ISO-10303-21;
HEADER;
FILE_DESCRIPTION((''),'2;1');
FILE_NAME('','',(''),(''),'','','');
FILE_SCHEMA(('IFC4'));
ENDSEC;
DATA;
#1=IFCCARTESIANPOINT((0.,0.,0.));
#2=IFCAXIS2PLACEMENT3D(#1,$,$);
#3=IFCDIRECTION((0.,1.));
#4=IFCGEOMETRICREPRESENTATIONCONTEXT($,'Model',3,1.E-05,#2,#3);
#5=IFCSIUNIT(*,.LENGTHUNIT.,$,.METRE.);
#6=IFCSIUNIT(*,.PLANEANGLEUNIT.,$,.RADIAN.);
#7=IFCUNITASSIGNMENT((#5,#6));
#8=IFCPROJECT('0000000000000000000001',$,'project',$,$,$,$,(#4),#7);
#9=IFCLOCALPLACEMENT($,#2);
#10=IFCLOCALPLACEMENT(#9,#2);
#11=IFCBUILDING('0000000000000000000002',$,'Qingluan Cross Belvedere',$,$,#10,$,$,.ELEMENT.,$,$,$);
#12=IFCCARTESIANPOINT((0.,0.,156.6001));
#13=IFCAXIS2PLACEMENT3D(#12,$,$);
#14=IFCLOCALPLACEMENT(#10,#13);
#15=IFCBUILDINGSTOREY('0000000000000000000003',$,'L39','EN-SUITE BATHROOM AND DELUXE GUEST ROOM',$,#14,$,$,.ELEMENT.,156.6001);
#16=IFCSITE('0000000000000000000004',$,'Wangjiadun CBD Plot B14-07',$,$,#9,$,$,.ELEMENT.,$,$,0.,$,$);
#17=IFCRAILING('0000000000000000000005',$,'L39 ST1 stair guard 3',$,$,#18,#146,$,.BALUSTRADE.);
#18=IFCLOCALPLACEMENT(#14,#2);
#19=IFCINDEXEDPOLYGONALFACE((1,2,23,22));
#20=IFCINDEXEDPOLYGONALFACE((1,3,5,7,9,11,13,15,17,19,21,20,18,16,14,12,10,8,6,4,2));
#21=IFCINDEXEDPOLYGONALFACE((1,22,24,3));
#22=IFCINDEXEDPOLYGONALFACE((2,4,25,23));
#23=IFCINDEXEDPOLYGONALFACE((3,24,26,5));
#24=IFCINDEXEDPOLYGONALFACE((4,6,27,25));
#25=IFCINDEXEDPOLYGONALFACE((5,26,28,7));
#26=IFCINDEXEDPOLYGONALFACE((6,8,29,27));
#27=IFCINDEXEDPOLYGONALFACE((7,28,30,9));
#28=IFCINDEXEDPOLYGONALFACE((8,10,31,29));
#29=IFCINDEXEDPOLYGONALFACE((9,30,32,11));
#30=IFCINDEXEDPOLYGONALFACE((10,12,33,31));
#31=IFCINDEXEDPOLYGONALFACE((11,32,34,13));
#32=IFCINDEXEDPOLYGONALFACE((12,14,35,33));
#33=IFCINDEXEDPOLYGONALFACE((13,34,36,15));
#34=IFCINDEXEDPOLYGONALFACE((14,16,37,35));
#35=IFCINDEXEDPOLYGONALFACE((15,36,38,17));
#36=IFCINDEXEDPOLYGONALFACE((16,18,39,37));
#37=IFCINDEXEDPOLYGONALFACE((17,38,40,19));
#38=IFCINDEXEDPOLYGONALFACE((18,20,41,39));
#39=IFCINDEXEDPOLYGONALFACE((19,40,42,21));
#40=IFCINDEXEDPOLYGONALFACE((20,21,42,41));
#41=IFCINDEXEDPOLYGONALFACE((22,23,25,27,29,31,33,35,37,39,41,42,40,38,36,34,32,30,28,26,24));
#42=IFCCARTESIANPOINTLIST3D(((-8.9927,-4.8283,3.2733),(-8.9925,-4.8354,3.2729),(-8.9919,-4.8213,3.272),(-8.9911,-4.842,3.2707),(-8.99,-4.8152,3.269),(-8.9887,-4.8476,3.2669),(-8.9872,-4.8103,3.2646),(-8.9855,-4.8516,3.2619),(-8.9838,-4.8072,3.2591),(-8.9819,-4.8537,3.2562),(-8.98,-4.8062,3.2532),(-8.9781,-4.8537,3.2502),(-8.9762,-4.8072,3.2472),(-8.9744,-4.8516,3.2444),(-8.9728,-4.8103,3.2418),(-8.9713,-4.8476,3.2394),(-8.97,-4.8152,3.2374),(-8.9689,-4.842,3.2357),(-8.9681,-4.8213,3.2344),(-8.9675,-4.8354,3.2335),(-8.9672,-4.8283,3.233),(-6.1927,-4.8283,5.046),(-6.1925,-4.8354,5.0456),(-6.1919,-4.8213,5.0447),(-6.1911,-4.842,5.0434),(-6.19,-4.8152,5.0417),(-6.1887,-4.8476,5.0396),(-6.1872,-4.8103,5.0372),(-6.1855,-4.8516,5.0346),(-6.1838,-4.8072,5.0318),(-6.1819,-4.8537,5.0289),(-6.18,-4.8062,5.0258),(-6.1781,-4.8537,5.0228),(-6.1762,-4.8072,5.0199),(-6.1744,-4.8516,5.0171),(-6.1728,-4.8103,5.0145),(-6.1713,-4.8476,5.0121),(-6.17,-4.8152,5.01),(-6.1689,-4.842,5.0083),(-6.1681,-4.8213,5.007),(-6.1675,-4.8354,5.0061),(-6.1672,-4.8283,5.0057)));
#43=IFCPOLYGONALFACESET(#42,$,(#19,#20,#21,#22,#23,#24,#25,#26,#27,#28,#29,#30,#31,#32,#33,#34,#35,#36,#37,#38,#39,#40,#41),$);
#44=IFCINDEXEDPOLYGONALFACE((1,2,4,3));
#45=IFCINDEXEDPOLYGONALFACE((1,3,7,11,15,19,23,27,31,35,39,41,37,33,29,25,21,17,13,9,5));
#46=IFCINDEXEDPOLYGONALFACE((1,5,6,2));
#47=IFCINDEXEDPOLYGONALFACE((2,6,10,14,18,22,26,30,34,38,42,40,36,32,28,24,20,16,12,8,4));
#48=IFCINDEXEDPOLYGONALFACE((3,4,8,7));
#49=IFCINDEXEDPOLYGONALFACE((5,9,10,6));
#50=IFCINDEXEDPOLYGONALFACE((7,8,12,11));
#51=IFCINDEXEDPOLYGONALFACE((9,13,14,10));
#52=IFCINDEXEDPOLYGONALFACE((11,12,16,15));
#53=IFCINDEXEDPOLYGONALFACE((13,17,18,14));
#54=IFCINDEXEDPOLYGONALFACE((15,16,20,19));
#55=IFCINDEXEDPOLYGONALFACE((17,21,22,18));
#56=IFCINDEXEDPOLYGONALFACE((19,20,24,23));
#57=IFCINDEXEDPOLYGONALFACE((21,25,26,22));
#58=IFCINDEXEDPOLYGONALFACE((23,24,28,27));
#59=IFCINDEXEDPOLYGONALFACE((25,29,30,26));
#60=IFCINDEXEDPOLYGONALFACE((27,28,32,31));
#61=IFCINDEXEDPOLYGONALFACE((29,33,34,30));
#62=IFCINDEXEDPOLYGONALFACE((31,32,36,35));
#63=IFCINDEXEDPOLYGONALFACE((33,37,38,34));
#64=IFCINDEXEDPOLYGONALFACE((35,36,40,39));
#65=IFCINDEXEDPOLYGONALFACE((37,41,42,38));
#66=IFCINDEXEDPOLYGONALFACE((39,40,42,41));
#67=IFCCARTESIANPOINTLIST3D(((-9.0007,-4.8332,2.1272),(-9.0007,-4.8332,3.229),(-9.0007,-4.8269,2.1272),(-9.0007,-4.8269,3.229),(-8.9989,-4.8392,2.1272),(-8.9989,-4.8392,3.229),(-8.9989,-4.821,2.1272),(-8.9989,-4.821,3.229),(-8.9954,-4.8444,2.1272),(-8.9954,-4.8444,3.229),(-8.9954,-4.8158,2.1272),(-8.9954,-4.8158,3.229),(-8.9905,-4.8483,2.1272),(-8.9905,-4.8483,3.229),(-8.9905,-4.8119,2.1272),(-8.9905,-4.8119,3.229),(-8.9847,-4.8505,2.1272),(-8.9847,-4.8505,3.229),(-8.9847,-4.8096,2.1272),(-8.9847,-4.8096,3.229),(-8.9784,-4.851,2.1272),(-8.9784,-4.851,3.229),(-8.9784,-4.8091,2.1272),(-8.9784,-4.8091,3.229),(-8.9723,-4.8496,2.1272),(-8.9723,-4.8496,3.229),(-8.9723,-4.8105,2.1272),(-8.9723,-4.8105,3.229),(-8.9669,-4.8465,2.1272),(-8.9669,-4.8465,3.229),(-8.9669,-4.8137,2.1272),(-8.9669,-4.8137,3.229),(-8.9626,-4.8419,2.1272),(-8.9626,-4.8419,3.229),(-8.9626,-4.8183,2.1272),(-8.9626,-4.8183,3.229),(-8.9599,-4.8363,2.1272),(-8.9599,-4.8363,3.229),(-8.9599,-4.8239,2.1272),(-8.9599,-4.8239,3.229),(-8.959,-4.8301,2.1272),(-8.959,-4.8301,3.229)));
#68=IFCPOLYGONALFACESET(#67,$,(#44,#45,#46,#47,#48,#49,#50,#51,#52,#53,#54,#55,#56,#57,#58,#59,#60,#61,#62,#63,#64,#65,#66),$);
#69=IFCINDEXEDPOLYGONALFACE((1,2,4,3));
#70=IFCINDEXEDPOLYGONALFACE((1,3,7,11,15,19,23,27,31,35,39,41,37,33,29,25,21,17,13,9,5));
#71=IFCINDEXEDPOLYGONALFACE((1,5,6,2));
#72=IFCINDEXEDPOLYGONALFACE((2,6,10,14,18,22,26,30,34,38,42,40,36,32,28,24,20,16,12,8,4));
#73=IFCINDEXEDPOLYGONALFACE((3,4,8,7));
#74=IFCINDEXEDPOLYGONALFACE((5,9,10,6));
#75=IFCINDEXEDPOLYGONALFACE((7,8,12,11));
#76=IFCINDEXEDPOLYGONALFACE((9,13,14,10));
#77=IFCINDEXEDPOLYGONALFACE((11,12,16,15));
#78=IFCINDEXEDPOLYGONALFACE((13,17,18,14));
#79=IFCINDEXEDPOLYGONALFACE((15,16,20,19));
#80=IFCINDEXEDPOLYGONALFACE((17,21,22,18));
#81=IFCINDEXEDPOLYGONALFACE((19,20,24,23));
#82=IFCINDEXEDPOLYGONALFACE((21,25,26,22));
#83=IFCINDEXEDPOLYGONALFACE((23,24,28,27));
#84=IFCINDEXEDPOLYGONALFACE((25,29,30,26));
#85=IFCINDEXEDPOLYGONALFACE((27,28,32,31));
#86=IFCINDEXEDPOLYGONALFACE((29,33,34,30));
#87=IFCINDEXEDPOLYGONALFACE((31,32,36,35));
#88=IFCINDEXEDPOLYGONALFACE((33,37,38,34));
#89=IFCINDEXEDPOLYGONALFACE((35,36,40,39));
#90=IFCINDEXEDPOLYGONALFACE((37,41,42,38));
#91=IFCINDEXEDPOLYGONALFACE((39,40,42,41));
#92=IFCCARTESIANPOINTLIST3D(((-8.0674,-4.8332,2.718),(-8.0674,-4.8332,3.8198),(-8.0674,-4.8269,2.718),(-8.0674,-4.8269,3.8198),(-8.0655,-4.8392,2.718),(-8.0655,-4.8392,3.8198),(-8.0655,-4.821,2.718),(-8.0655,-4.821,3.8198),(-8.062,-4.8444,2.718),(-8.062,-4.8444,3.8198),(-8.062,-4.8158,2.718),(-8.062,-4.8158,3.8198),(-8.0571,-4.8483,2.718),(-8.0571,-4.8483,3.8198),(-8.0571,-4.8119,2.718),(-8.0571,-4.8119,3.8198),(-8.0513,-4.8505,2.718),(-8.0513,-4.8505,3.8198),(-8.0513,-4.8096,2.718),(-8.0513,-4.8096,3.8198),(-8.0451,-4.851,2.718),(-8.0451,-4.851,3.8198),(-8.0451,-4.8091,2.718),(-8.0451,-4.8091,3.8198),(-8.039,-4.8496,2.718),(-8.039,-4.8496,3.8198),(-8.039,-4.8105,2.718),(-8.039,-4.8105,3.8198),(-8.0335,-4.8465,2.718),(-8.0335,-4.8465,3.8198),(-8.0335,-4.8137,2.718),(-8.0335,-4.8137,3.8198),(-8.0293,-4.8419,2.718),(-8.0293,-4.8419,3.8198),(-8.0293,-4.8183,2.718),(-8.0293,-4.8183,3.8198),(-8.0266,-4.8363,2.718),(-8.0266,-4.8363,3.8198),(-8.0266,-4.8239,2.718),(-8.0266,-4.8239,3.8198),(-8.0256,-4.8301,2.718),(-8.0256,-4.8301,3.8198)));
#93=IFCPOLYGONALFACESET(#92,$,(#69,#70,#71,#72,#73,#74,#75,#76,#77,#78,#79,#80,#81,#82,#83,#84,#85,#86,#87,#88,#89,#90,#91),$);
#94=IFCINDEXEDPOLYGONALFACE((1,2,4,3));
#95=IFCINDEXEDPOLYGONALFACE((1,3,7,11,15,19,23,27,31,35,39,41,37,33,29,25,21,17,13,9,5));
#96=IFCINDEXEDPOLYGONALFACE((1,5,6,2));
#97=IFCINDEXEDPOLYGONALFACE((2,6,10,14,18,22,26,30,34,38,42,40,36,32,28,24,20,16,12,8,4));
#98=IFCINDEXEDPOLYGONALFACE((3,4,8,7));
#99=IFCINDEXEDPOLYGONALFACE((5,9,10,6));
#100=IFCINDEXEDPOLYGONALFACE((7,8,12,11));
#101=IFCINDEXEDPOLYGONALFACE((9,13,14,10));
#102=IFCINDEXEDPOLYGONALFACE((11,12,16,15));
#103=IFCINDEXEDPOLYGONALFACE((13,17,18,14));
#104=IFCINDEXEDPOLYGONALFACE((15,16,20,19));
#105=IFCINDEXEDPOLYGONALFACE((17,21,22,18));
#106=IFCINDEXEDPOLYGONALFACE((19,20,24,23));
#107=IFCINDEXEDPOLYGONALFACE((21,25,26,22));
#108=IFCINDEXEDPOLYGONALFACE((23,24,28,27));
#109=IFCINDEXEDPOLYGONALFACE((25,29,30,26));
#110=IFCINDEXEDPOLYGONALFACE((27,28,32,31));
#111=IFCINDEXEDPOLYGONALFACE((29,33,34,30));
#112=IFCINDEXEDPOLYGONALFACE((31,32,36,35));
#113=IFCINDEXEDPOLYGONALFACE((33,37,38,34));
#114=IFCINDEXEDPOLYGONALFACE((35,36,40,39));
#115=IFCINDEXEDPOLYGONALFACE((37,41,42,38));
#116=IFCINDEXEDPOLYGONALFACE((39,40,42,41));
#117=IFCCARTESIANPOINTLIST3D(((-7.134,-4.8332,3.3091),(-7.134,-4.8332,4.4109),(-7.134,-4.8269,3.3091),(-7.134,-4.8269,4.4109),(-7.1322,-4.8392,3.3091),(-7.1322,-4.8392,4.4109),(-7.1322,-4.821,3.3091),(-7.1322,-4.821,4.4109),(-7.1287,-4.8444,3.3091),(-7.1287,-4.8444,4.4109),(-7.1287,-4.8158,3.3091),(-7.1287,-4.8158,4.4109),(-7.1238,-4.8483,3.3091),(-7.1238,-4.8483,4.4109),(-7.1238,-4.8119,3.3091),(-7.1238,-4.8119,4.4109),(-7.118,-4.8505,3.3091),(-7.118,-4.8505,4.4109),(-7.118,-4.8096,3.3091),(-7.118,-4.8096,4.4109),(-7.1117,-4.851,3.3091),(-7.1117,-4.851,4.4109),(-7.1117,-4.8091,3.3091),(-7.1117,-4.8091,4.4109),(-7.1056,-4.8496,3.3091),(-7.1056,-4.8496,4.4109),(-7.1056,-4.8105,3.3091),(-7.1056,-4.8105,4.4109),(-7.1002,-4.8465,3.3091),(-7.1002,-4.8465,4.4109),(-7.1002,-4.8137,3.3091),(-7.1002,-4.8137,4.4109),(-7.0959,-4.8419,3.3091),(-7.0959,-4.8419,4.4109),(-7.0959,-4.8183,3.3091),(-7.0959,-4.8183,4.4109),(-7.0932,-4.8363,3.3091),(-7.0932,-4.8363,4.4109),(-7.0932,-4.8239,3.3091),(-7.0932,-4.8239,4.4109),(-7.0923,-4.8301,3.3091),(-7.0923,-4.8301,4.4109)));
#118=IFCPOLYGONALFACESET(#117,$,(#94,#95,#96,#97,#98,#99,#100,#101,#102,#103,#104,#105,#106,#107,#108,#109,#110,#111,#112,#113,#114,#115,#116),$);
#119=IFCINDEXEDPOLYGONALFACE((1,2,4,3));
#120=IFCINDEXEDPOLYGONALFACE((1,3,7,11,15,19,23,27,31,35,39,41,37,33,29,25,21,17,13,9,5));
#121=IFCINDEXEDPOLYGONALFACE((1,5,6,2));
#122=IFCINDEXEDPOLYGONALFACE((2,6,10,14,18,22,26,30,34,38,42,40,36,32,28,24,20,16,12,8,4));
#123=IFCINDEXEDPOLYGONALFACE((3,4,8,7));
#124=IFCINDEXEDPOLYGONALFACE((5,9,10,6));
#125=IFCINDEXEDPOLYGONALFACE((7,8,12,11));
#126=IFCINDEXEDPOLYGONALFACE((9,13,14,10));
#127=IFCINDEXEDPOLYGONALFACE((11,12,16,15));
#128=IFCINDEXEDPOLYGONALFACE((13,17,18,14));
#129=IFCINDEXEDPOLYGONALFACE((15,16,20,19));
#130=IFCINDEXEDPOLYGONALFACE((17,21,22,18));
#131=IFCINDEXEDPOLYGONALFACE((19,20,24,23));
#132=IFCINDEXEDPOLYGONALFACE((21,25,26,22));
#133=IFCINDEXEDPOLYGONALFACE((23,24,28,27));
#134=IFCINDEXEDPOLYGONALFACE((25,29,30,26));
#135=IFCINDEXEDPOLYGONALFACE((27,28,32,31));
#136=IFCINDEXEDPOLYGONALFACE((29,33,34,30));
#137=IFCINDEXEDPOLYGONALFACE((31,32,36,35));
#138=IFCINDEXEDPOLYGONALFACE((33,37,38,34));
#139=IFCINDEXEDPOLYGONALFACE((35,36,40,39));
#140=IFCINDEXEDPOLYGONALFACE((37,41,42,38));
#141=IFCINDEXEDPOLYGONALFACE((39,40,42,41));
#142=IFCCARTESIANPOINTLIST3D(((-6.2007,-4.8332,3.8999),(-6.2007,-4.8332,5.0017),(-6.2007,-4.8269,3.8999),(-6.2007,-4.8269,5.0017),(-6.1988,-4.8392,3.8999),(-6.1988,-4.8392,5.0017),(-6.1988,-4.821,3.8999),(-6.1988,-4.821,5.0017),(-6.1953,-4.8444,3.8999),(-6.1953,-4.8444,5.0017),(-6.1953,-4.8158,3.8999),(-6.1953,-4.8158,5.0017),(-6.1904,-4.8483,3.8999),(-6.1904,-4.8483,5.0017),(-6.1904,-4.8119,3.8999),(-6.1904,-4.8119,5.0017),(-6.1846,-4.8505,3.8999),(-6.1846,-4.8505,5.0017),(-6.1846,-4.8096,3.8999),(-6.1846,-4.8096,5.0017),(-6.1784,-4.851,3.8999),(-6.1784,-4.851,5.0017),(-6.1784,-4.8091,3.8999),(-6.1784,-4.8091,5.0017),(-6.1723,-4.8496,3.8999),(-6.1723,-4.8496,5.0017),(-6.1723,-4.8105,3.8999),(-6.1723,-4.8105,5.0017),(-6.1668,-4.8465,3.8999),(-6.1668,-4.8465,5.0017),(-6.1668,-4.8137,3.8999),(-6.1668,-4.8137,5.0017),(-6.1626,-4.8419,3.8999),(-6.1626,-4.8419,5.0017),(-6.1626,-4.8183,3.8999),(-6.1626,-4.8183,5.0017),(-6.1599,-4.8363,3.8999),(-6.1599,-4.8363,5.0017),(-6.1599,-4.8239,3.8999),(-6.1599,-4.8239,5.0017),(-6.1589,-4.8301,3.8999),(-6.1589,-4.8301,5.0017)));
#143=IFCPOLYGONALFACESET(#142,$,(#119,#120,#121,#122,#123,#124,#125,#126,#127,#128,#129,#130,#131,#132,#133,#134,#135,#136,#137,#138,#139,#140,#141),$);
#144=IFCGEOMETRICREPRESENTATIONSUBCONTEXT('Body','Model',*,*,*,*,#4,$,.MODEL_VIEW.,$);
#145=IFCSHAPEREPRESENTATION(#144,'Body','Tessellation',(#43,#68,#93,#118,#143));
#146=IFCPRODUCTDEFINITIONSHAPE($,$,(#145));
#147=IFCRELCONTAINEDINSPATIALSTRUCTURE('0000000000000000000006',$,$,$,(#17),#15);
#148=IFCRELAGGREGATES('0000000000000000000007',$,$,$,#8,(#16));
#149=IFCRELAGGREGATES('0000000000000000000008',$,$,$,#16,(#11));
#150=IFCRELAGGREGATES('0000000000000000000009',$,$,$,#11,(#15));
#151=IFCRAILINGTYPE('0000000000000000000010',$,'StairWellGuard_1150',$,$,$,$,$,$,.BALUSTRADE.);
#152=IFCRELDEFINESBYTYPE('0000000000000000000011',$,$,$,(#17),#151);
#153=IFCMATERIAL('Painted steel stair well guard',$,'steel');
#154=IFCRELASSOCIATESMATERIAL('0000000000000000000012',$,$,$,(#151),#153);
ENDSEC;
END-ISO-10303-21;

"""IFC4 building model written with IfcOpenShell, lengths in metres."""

from ifc_helpers import new_model, si_unit, direction, frame, origin, origin_2d, place, context, subcontext, project, spatial, circle, extrude, material, type_object, element, save


model = new_model("IFC4")

# Units and contexts
model_context = context("Model", 3, precision=1e-05, world=origin(), true_north=direction((0.0, 1.0)))
body_context = subcontext(model_context, "Body", "Model", "MODEL_VIEW")
ifc_project = project(units=[si_unit("LENGTHUNIT", "METRE"), si_unit("PLANEANGLEUNIT", "RADIAN")], contexts=[model_context])

# Site, building, storey
site_placement = place(None, origin())
site = spatial("IfcSite", under=ifc_project, at=site_placement, Name="Wangjiadun CBD Plot B14-07", CompositionType="ELEMENT", RefElevation=0.0)
building_placement = place(site_placement, origin())
building = spatial("IfcBuilding", under=site, at=building_placement, Name="Qingluan Cross Belvedere", CompositionType="ELEMENT")
storey_placement = place(building_placement, frame((0.0, 0.0, 156.6001)))
storey = spatial("IfcBuildingStorey", under=building, at=storey_placement, Name="L39", Description="EN-SUITE BATHROOM AND DELUXE GUEST ROOM", CompositionType="ELEMENT", Elevation=156.6001)

# Railing
ifc_material_1 = material(Name="Painted steel stair well guard", Category="steel")
railing_type_1 = type_object("IfcRailingType", Name="StairWellGuard_1150", PredefinedType="BALUSTRADE", material=ifc_material_1)
railing_1_placement = place(storey_placement, frame((-8.98, -4.8301, 2.1272)))
element("IfcRailing", 1, at=railing_1_placement, inside=storey, type_object=railing_type_1, Name="L39 ST1 stair guard 3", PredefinedType="BALUSTRADE", context=body_context, shape_type="SweptSolid", body=[
    extrude(circle(Radius=0.0239, at=origin_2d()), frame((0.0, 0.0, 1.126), z_axis=(0.844909, 0.0, 0.53491), x_axis=(0.0, 1.0, 0.0)), (0.0, 0.0, 1.0), 3.314),
    extrude(circle(Radius=0.021, at=origin_2d()), origin(), (0.0, 0.0, 1.0), 1.1018),
    extrude(circle(Radius=0.021, at=origin_2d()), frame((0.9333, 0.0, 0.5908)), (0.0, 0.0, 1.0), 1.1018),
    extrude(circle(Radius=0.021, at=origin_2d()), frame((1.8667, 0.0, 1.1819)), (0.0, 0.0, 1.0), 1.1018),
    extrude(circle(Radius=0.021, at=origin_2d()), frame((2.8, 0.0, 1.7727)), (0.0, 0.0, 1.0), 1.1018),
])

save(model, "model.ifc")
